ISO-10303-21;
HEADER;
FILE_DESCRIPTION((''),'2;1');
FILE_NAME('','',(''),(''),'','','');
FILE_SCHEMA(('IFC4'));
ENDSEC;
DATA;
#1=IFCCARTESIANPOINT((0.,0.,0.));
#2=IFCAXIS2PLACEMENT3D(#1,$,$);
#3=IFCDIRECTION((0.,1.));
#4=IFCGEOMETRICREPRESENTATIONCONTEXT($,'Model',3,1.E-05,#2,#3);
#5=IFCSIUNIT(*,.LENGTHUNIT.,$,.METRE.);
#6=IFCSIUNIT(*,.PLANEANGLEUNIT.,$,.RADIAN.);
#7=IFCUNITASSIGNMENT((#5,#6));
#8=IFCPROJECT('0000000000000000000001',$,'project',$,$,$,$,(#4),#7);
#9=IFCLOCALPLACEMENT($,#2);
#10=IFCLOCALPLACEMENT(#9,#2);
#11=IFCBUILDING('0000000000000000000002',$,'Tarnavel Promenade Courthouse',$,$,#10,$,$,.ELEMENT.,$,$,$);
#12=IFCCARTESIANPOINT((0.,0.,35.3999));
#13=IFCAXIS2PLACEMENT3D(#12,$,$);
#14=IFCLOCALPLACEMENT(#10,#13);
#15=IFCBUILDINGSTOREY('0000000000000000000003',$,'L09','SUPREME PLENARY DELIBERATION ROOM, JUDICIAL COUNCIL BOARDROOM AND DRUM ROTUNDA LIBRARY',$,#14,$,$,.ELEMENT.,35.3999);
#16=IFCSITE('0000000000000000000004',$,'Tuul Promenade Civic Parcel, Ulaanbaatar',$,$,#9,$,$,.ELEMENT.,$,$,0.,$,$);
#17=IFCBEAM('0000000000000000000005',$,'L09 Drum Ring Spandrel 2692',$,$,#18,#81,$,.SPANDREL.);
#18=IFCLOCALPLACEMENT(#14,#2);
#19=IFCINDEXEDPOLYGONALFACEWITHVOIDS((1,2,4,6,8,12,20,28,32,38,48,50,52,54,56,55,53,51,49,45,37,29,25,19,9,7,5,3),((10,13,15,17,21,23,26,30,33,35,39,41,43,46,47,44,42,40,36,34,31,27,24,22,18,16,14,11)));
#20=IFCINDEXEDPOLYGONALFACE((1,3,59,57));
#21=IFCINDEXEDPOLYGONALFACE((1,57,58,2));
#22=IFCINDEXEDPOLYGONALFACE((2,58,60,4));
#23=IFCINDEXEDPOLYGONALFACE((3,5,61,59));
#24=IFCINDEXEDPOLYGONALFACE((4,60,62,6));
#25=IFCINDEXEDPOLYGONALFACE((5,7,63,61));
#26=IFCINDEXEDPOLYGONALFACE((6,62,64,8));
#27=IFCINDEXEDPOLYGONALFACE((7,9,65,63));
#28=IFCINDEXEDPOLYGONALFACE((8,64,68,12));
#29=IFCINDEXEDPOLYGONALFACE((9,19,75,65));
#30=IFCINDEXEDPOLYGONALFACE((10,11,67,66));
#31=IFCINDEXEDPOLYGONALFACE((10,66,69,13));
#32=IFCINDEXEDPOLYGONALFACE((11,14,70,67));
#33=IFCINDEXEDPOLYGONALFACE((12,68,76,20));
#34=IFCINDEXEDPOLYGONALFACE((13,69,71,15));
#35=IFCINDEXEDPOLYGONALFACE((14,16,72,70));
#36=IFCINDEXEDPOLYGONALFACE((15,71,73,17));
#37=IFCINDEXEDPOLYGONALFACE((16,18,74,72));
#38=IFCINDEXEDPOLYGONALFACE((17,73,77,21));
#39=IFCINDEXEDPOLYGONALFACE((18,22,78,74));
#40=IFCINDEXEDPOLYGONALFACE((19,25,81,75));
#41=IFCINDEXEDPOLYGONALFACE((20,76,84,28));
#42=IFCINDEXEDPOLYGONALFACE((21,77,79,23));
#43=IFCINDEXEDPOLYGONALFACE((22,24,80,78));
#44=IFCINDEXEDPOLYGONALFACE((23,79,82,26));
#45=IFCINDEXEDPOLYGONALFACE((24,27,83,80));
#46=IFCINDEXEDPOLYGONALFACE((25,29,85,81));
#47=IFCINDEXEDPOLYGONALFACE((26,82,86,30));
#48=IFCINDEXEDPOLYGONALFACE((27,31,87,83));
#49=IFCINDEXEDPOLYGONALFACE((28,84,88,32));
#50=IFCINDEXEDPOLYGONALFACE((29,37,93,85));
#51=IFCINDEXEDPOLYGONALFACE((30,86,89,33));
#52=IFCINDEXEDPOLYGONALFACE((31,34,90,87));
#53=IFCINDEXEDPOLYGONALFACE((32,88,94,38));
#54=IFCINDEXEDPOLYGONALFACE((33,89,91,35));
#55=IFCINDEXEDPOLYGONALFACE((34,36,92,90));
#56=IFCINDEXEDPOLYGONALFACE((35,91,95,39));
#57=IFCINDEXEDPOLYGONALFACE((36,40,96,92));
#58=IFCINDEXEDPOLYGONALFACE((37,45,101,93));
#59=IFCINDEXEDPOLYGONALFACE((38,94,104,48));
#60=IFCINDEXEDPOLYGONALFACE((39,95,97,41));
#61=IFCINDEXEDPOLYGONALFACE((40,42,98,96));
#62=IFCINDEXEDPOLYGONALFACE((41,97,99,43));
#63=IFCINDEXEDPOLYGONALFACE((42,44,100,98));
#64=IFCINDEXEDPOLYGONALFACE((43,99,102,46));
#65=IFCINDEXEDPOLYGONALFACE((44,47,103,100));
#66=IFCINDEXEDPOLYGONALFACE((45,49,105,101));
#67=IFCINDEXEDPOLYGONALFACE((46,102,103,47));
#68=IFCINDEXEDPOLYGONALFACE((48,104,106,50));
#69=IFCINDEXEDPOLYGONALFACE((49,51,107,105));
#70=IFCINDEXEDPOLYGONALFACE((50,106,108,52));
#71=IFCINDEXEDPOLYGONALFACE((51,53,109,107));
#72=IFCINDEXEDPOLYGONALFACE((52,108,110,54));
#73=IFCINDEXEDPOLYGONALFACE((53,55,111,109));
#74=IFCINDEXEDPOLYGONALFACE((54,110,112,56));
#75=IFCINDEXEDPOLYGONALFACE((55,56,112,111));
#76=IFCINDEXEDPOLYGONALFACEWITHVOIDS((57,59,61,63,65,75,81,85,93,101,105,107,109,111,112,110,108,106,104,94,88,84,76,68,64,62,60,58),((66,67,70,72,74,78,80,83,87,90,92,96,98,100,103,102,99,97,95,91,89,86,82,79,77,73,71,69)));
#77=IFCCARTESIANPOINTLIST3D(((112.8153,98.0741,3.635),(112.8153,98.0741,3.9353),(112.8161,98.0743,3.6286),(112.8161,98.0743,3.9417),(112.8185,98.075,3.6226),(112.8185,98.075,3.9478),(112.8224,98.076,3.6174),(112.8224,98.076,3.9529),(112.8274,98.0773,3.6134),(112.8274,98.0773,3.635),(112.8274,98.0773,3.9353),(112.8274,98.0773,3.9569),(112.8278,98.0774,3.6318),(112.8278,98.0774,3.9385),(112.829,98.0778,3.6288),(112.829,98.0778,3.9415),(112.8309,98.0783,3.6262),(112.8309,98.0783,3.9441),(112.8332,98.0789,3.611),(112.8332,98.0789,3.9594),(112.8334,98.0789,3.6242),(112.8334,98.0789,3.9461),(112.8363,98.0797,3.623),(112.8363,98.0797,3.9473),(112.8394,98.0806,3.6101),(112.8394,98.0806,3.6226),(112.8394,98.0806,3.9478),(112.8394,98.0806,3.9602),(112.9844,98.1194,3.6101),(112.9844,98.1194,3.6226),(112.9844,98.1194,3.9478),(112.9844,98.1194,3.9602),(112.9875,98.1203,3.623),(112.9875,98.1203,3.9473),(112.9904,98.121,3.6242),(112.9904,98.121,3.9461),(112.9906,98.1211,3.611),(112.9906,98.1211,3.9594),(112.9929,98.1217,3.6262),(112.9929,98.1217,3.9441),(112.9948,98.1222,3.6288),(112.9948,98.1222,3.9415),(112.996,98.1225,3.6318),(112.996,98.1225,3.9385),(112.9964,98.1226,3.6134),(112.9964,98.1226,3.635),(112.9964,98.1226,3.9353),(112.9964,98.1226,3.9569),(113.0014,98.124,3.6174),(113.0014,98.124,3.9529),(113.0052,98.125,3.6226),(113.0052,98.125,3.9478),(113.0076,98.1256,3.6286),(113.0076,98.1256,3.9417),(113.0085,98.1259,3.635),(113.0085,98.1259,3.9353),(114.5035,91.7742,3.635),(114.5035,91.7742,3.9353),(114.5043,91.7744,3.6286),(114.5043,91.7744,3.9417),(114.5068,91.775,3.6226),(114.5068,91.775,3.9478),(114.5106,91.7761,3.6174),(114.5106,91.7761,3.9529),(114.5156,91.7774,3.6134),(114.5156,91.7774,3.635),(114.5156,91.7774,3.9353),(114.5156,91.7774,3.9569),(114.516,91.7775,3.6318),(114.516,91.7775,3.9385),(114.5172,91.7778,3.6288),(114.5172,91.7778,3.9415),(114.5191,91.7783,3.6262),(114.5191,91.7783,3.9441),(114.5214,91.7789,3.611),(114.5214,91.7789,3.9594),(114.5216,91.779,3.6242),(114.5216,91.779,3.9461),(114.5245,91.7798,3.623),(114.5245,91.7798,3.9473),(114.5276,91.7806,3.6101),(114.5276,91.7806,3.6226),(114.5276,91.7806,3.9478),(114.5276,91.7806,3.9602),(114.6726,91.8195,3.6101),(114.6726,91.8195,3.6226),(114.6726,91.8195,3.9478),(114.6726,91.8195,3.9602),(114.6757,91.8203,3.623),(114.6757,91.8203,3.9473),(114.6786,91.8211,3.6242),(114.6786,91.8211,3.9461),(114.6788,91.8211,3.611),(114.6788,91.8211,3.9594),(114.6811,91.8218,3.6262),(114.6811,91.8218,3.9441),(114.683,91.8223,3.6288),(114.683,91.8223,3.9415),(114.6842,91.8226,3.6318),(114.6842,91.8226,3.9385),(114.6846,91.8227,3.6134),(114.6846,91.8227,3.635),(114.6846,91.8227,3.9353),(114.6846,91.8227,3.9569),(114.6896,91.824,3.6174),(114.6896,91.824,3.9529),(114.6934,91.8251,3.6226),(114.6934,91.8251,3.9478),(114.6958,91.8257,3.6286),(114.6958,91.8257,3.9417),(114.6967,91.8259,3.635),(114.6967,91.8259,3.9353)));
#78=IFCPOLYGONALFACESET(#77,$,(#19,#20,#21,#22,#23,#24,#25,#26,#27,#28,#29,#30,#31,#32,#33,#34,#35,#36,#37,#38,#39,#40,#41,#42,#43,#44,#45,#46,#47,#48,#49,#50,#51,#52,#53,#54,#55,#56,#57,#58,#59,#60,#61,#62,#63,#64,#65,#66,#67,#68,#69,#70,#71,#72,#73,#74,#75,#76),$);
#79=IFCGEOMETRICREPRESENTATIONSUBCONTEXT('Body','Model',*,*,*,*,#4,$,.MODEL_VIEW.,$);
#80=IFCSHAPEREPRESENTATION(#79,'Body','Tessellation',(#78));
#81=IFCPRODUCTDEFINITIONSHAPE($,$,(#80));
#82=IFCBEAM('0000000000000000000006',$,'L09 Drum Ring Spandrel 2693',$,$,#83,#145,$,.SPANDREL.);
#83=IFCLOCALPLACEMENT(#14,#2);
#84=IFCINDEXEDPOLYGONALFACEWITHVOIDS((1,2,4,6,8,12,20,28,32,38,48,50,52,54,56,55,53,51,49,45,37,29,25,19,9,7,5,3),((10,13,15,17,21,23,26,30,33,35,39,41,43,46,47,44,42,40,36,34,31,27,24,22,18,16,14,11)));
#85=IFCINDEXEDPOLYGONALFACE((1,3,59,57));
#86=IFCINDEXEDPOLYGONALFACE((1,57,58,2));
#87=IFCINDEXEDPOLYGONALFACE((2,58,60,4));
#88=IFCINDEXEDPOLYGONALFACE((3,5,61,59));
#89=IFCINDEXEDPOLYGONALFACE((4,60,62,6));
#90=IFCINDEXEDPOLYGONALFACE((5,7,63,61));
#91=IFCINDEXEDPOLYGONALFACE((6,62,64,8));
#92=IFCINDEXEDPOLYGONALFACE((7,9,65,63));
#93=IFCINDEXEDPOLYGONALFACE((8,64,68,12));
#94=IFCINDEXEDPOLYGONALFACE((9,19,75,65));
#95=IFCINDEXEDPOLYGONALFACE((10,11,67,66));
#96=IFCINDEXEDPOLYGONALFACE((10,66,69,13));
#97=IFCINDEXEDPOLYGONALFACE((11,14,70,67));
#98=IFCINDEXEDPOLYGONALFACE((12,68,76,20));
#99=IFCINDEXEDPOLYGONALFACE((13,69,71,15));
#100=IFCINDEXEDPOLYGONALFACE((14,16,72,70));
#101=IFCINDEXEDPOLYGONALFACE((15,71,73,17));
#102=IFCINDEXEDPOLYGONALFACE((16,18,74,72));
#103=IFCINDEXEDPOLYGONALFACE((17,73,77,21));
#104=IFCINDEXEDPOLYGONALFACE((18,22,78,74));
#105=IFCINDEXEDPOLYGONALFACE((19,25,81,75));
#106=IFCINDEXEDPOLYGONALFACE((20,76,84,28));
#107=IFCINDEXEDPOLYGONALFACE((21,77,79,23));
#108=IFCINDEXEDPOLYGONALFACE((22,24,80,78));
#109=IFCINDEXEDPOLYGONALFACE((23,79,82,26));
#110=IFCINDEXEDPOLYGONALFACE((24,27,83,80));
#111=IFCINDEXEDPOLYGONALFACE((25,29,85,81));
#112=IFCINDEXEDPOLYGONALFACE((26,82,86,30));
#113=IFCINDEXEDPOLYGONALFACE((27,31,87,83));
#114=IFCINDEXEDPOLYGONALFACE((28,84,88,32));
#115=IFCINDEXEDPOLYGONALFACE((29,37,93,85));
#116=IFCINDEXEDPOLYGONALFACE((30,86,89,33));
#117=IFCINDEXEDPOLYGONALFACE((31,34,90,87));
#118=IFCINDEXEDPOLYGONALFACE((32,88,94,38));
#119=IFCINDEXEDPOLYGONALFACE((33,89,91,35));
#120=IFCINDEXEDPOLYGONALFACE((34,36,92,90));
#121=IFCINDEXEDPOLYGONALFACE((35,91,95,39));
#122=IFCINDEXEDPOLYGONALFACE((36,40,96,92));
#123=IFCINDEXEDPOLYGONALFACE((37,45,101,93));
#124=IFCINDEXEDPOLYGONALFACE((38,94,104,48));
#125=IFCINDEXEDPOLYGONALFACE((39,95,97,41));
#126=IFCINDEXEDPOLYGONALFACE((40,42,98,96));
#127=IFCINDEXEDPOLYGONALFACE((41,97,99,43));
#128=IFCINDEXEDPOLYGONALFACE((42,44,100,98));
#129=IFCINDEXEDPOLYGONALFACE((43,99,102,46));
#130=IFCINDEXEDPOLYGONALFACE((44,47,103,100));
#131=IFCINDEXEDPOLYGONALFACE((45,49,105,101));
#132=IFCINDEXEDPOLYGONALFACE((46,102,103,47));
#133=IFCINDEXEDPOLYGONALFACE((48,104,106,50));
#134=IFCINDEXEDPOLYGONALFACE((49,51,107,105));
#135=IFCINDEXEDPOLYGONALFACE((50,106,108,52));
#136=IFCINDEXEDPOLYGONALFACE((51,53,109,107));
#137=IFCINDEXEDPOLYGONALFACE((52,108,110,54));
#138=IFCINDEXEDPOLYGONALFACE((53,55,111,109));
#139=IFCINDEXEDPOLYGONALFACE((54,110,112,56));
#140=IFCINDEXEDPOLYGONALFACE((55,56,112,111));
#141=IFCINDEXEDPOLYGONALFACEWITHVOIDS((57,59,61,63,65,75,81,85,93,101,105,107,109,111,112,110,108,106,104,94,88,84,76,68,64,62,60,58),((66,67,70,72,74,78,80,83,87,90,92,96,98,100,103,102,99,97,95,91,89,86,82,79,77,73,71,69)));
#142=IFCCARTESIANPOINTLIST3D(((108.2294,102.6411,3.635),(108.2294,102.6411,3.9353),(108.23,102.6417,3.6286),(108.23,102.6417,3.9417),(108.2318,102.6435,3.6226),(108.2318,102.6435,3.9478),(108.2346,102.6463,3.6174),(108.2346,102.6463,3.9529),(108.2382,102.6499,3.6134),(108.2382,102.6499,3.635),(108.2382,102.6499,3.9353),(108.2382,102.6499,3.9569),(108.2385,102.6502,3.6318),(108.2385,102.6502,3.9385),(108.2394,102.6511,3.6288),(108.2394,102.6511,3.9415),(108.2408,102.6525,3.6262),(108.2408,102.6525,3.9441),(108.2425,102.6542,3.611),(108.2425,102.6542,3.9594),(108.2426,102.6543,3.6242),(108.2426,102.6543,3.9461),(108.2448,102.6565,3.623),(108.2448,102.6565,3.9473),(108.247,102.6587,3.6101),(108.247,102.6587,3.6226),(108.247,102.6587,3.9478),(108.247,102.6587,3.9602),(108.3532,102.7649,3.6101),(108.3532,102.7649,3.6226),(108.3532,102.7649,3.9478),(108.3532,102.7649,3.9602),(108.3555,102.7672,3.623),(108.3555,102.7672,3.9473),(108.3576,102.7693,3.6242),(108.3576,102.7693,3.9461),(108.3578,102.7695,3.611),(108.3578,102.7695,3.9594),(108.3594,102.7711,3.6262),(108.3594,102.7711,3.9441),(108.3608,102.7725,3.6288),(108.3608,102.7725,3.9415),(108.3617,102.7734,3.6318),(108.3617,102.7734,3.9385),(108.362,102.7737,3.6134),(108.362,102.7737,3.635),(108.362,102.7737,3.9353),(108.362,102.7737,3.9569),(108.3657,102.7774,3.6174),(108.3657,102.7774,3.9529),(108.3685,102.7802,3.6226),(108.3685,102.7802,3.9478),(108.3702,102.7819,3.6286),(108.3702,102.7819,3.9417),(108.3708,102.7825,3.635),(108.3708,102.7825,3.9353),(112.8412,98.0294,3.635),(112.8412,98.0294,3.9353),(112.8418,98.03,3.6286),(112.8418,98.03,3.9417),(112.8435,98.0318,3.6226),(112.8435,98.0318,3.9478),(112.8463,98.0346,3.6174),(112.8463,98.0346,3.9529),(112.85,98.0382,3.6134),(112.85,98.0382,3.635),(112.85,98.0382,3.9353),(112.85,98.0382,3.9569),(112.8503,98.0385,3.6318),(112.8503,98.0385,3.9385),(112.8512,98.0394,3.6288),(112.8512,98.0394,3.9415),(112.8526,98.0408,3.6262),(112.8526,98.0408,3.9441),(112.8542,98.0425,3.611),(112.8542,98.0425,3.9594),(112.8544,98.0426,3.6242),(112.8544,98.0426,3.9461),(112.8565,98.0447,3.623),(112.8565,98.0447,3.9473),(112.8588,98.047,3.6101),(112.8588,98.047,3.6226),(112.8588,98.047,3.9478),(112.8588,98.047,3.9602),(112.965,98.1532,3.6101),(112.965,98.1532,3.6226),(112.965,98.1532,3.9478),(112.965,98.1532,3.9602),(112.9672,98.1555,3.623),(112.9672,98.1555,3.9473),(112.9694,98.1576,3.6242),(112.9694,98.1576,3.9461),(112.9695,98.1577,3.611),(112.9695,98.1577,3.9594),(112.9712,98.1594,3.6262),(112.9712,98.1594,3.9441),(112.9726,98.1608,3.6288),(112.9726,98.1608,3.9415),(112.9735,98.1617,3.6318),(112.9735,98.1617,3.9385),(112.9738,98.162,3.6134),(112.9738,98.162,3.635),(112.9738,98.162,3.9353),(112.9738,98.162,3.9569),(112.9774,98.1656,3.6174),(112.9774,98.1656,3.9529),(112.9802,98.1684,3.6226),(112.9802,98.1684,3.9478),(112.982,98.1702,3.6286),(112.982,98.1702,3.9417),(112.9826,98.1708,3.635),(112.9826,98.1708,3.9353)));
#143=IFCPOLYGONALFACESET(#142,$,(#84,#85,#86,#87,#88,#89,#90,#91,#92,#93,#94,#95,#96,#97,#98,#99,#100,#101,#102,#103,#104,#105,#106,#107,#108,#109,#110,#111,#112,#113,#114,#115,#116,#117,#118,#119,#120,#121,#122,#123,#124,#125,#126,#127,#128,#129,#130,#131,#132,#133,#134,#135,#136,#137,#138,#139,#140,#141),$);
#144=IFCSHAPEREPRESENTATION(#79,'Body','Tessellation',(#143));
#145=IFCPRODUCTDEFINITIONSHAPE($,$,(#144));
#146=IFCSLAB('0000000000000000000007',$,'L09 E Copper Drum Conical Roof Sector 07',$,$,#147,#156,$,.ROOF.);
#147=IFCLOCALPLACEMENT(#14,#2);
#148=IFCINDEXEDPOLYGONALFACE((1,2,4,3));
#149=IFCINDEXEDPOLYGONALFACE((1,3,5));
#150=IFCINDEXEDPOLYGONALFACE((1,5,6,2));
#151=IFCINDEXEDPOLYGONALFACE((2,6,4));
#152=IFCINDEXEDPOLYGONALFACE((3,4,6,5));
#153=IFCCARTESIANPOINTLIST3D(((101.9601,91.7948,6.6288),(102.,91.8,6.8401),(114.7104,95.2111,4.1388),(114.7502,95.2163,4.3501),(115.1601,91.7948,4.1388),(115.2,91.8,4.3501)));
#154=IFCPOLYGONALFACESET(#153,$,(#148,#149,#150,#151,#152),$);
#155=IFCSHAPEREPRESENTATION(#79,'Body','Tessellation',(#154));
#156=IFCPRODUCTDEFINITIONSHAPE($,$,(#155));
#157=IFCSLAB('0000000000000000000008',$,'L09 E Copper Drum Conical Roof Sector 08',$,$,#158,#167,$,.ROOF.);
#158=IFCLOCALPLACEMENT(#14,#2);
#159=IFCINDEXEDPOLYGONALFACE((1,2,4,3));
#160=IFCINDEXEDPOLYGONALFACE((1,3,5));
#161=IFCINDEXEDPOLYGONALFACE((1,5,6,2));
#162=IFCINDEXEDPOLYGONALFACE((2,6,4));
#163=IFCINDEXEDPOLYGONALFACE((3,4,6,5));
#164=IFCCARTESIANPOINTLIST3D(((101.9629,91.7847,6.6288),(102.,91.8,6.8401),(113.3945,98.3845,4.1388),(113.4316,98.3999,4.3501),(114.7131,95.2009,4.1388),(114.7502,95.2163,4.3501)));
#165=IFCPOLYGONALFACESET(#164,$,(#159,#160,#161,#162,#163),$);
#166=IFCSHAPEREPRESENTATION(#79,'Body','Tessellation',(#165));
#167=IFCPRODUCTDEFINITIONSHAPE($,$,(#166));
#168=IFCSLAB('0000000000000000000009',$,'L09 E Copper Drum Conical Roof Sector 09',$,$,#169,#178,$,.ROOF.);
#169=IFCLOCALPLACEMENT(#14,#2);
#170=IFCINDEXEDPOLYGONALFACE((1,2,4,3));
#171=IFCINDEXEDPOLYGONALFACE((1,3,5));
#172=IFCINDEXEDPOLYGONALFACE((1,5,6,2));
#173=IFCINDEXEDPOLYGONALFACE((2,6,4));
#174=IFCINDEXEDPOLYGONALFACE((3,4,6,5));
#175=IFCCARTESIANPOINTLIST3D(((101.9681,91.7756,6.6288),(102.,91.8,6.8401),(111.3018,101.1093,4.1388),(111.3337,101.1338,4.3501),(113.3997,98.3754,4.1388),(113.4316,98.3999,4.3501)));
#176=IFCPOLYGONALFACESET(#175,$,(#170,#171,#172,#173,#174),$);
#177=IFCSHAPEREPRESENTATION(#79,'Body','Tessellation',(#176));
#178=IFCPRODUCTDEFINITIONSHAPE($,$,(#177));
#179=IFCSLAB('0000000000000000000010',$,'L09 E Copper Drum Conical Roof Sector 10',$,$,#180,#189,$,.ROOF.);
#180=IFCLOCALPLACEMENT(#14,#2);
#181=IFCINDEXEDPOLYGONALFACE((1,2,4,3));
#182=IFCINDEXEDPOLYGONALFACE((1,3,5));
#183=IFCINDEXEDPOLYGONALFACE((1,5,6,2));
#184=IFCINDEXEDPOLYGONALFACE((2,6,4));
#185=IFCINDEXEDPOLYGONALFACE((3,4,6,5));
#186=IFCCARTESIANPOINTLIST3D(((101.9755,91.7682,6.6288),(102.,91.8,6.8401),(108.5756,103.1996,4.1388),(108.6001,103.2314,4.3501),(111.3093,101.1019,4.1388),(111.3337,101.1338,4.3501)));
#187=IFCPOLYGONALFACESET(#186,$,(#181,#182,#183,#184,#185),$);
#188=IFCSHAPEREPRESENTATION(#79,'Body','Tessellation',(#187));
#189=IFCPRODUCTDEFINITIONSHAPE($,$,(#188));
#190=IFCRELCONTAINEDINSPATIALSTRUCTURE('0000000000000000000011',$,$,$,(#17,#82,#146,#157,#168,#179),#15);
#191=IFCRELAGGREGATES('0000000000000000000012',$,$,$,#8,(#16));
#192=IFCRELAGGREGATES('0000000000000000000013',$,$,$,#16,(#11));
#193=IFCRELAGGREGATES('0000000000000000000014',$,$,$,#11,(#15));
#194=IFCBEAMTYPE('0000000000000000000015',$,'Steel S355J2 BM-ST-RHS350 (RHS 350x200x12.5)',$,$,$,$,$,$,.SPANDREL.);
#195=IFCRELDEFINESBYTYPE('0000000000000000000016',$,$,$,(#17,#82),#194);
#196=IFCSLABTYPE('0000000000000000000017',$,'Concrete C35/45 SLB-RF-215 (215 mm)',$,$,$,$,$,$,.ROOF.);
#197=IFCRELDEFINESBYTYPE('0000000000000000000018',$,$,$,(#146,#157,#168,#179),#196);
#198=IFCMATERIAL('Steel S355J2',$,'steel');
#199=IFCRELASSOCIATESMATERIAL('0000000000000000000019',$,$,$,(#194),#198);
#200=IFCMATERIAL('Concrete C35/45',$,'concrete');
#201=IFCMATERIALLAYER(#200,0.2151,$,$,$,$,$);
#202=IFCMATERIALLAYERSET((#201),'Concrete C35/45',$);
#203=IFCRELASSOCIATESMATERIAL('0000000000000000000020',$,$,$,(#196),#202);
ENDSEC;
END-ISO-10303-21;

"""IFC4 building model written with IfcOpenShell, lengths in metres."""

from ifc_helpers import new_model, si_unit, direction, frame, origin, origin_2d, place, context, subcontext, project, spatial, polyline, hollow_rectangle, outline, extrude, material, layer, layer_set, material_profile, profile_set, type_object, element, save


model = new_model("IFC4")

# Units and contexts
model_context = context("Model", 3, precision=1e-05, world=origin(), true_north=direction((0.0, 1.0)))
body_context = subcontext(model_context, "Body", "Model", "MODEL_VIEW")
ifc_project = project(units=[si_unit("LENGTHUNIT", "METRE"), si_unit("PLANEANGLEUNIT", "RADIAN")], contexts=[model_context])

# Site, building, storey
site_placement = place(None, origin())
site = spatial("IfcSite", under=ifc_project, at=site_placement, Name="Tuul Promenade Civic Parcel, Ulaanbaatar", CompositionType="ELEMENT", RefElevation=0.0)
building_placement = place(site_placement, origin())
building = spatial("IfcBuilding", under=site, at=building_placement, Name="Tarnavel Promenade Courthouse", CompositionType="ELEMENT")
storey_placement = place(building_placement, frame((0.0, 0.0, 35.3999)))
storey = spatial("IfcBuildingStorey", under=building, at=storey_placement, Name="L09", Description="SUPREME PLENARY DELIBERATION ROOM, JUDICIAL COUNCIL BOARDROOM AND DRUM ROTUNDA LIBRARY", CompositionType="ELEMENT", Elevation=35.3999)

# Beams
ifc_material_1 = material(Name="Steel S355J2", Category="steel")
ifc_material_profile_1 = material_profile(ifc_material_1, hollow_rectangle(XDim=0.2, YDim=0.3501, WallThickness=0.0125, InnerFilletRadius=0.0125, OuterFilletRadius=0.0249, at=origin_2d()), Name="RHS 350x200x12.5")
ifc_profile_set_1 = profile_set([ifc_material_profile_1], Name="Steel S355J2")
beam_type_1 = type_object("IfcBeamType", Name="Steel S355J2 BM-ST-RHS350 (RHS 350x200x12.5)", PredefinedType="SPANDREL", material=ifc_profile_set_1)
beam_1_placement = place(storey_placement, frame((114.6001, 91.8, 3.7852), z_axis=(-0.258839, 0.96592, 0.0), x_axis=(-0.96592, -0.258839, 0.0)))
element("IfcBeam", 1, at=beam_1_placement, inside=storey, type_object=beam_type_1, Name="L09 Drum Ring Spandrel 2692", PredefinedType="SPANDREL", context=body_context, shape_type="SweptSolid", body=[
    extrude(hollow_rectangle(XDim=0.2, YDim=0.3501, WallThickness=0.0125, InnerFilletRadius=0.0125, OuterFilletRadius=0.0249, at=origin_2d()), origin(), (0.0, 0.0, 1.0), 6.5222),
])
beam_2_placement = place(storey_placement, frame((112.9119, 98.1001, 3.7852), z_axis=(-0.707107, 0.707107, 0.0), x_axis=(-0.707107, -0.707107, 0.0)))
element("IfcBeam", 2, at=beam_2_placement, inside=storey, type_object=beam_type_1, Name="L09 Drum Ring Spandrel 2693", PredefinedType="SPANDREL", context=body_context, shape_type="SweptSolid", body=[
    extrude(hollow_rectangle(XDim=0.2, YDim=0.3501, WallThickness=0.0125, InnerFilletRadius=0.0125, OuterFilletRadius=0.0249, at=origin_2d()), origin(), (0.0, 0.0, 1.0), 6.522),
])

# Slabs
ifc_material_2 = material(Name="Concrete C35/45", Category="concrete")
ifc_layer_1 = layer(ifc_material_2, 0.2151)
ifc_layer_set_1 = layer_set([ifc_layer_1], Name="Concrete C35/45")
slab_type = type_object("IfcSlabType", Name="Concrete C35/45 SLB-RF-215 (215 mm)", PredefinedType="ROOF", material=ifc_layer_set_1)
slab_1_placement = place(storey_placement, frame((115.2, 91.8, 4.3501), z_axis=(0.185312, 0.024394, 0.982377), x_axis=(-0.130511, 0.991447, 0.0)))
element("IfcSlab", 3, at=slab_1_placement, inside=storey, type_object=slab_type, Name="L09 E Copper Drum Conical Roof Sector 07", PredefinedType="ROOF", context=body_context, shape_type="SweptSolid", body=[
    extrude(outline(polyline([(0.0, 0.0), (3.4457, 0.0), (1.7227, 13.3218), (0.0, 0.0)])), origin(), (0.0, 0.0, -1.0), 0.2151),
])
slab_2_placement = place(storey_placement, frame((114.7502, 95.2163, 4.3501), z_axis=(0.172684, 0.071524, 0.982377), x_axis=(-0.382663, 0.923888, 0.0)))
element("IfcSlab", 4, at=slab_2_placement, inside=storey, type_object=slab_type, Name="L09 E Copper Drum Conical Roof Sector 08", PredefinedType="ROOF", context=body_context, shape_type="SweptSolid", body=[
    extrude(outline(polyline([(0.0, 0.0), (3.4459, 0.0), (1.7228, 13.3218), (0.0, 0.0)])), origin(), (0.0, 0.0, -1.0), 0.2151),
])
slab_3_placement = place(storey_placement, frame((113.4316, 98.3999, 4.3501), z_axis=(0.148283, 0.113788, 0.982377), x_axis=(-0.608782, 0.793337, 0.0)))
element("IfcSlab", 5, at=slab_3_placement, inside=storey, type_object=slab_type, Name="L09 E Copper Drum Conical Roof Sector 09", PredefinedType="ROOF", context=body_context, shape_type="SweptSolid", body=[
    extrude(outline(polyline([(0.0, 0.0), (3.4461, 0.0), (1.7235, 13.3218), (0.0, 0.0)])), origin(), (0.0, 0.0, -1.0), 0.2151),
])
slab_4_placement = place(storey_placement, frame((111.3337, 101.1338, 4.3501), z_axis=(0.113786, 0.148285, 0.982377), x_axis=(-0.793345, 0.608772, 0.0)))
element("IfcSlab", 6, at=slab_4_placement, inside=storey, type_object=slab_type, Name="L09 E Copper Drum Conical Roof Sector 10", PredefinedType="ROOF", context=body_context, shape_type="SweptSolid", body=[
    extrude(outline(polyline([(0.0, 0.0), (3.4457, 0.0), (1.7228, 13.3218), (0.0, 0.0)])), origin(), (0.0, 0.0, -1.0), 0.2151),
])

save(model, "model.ifc")
